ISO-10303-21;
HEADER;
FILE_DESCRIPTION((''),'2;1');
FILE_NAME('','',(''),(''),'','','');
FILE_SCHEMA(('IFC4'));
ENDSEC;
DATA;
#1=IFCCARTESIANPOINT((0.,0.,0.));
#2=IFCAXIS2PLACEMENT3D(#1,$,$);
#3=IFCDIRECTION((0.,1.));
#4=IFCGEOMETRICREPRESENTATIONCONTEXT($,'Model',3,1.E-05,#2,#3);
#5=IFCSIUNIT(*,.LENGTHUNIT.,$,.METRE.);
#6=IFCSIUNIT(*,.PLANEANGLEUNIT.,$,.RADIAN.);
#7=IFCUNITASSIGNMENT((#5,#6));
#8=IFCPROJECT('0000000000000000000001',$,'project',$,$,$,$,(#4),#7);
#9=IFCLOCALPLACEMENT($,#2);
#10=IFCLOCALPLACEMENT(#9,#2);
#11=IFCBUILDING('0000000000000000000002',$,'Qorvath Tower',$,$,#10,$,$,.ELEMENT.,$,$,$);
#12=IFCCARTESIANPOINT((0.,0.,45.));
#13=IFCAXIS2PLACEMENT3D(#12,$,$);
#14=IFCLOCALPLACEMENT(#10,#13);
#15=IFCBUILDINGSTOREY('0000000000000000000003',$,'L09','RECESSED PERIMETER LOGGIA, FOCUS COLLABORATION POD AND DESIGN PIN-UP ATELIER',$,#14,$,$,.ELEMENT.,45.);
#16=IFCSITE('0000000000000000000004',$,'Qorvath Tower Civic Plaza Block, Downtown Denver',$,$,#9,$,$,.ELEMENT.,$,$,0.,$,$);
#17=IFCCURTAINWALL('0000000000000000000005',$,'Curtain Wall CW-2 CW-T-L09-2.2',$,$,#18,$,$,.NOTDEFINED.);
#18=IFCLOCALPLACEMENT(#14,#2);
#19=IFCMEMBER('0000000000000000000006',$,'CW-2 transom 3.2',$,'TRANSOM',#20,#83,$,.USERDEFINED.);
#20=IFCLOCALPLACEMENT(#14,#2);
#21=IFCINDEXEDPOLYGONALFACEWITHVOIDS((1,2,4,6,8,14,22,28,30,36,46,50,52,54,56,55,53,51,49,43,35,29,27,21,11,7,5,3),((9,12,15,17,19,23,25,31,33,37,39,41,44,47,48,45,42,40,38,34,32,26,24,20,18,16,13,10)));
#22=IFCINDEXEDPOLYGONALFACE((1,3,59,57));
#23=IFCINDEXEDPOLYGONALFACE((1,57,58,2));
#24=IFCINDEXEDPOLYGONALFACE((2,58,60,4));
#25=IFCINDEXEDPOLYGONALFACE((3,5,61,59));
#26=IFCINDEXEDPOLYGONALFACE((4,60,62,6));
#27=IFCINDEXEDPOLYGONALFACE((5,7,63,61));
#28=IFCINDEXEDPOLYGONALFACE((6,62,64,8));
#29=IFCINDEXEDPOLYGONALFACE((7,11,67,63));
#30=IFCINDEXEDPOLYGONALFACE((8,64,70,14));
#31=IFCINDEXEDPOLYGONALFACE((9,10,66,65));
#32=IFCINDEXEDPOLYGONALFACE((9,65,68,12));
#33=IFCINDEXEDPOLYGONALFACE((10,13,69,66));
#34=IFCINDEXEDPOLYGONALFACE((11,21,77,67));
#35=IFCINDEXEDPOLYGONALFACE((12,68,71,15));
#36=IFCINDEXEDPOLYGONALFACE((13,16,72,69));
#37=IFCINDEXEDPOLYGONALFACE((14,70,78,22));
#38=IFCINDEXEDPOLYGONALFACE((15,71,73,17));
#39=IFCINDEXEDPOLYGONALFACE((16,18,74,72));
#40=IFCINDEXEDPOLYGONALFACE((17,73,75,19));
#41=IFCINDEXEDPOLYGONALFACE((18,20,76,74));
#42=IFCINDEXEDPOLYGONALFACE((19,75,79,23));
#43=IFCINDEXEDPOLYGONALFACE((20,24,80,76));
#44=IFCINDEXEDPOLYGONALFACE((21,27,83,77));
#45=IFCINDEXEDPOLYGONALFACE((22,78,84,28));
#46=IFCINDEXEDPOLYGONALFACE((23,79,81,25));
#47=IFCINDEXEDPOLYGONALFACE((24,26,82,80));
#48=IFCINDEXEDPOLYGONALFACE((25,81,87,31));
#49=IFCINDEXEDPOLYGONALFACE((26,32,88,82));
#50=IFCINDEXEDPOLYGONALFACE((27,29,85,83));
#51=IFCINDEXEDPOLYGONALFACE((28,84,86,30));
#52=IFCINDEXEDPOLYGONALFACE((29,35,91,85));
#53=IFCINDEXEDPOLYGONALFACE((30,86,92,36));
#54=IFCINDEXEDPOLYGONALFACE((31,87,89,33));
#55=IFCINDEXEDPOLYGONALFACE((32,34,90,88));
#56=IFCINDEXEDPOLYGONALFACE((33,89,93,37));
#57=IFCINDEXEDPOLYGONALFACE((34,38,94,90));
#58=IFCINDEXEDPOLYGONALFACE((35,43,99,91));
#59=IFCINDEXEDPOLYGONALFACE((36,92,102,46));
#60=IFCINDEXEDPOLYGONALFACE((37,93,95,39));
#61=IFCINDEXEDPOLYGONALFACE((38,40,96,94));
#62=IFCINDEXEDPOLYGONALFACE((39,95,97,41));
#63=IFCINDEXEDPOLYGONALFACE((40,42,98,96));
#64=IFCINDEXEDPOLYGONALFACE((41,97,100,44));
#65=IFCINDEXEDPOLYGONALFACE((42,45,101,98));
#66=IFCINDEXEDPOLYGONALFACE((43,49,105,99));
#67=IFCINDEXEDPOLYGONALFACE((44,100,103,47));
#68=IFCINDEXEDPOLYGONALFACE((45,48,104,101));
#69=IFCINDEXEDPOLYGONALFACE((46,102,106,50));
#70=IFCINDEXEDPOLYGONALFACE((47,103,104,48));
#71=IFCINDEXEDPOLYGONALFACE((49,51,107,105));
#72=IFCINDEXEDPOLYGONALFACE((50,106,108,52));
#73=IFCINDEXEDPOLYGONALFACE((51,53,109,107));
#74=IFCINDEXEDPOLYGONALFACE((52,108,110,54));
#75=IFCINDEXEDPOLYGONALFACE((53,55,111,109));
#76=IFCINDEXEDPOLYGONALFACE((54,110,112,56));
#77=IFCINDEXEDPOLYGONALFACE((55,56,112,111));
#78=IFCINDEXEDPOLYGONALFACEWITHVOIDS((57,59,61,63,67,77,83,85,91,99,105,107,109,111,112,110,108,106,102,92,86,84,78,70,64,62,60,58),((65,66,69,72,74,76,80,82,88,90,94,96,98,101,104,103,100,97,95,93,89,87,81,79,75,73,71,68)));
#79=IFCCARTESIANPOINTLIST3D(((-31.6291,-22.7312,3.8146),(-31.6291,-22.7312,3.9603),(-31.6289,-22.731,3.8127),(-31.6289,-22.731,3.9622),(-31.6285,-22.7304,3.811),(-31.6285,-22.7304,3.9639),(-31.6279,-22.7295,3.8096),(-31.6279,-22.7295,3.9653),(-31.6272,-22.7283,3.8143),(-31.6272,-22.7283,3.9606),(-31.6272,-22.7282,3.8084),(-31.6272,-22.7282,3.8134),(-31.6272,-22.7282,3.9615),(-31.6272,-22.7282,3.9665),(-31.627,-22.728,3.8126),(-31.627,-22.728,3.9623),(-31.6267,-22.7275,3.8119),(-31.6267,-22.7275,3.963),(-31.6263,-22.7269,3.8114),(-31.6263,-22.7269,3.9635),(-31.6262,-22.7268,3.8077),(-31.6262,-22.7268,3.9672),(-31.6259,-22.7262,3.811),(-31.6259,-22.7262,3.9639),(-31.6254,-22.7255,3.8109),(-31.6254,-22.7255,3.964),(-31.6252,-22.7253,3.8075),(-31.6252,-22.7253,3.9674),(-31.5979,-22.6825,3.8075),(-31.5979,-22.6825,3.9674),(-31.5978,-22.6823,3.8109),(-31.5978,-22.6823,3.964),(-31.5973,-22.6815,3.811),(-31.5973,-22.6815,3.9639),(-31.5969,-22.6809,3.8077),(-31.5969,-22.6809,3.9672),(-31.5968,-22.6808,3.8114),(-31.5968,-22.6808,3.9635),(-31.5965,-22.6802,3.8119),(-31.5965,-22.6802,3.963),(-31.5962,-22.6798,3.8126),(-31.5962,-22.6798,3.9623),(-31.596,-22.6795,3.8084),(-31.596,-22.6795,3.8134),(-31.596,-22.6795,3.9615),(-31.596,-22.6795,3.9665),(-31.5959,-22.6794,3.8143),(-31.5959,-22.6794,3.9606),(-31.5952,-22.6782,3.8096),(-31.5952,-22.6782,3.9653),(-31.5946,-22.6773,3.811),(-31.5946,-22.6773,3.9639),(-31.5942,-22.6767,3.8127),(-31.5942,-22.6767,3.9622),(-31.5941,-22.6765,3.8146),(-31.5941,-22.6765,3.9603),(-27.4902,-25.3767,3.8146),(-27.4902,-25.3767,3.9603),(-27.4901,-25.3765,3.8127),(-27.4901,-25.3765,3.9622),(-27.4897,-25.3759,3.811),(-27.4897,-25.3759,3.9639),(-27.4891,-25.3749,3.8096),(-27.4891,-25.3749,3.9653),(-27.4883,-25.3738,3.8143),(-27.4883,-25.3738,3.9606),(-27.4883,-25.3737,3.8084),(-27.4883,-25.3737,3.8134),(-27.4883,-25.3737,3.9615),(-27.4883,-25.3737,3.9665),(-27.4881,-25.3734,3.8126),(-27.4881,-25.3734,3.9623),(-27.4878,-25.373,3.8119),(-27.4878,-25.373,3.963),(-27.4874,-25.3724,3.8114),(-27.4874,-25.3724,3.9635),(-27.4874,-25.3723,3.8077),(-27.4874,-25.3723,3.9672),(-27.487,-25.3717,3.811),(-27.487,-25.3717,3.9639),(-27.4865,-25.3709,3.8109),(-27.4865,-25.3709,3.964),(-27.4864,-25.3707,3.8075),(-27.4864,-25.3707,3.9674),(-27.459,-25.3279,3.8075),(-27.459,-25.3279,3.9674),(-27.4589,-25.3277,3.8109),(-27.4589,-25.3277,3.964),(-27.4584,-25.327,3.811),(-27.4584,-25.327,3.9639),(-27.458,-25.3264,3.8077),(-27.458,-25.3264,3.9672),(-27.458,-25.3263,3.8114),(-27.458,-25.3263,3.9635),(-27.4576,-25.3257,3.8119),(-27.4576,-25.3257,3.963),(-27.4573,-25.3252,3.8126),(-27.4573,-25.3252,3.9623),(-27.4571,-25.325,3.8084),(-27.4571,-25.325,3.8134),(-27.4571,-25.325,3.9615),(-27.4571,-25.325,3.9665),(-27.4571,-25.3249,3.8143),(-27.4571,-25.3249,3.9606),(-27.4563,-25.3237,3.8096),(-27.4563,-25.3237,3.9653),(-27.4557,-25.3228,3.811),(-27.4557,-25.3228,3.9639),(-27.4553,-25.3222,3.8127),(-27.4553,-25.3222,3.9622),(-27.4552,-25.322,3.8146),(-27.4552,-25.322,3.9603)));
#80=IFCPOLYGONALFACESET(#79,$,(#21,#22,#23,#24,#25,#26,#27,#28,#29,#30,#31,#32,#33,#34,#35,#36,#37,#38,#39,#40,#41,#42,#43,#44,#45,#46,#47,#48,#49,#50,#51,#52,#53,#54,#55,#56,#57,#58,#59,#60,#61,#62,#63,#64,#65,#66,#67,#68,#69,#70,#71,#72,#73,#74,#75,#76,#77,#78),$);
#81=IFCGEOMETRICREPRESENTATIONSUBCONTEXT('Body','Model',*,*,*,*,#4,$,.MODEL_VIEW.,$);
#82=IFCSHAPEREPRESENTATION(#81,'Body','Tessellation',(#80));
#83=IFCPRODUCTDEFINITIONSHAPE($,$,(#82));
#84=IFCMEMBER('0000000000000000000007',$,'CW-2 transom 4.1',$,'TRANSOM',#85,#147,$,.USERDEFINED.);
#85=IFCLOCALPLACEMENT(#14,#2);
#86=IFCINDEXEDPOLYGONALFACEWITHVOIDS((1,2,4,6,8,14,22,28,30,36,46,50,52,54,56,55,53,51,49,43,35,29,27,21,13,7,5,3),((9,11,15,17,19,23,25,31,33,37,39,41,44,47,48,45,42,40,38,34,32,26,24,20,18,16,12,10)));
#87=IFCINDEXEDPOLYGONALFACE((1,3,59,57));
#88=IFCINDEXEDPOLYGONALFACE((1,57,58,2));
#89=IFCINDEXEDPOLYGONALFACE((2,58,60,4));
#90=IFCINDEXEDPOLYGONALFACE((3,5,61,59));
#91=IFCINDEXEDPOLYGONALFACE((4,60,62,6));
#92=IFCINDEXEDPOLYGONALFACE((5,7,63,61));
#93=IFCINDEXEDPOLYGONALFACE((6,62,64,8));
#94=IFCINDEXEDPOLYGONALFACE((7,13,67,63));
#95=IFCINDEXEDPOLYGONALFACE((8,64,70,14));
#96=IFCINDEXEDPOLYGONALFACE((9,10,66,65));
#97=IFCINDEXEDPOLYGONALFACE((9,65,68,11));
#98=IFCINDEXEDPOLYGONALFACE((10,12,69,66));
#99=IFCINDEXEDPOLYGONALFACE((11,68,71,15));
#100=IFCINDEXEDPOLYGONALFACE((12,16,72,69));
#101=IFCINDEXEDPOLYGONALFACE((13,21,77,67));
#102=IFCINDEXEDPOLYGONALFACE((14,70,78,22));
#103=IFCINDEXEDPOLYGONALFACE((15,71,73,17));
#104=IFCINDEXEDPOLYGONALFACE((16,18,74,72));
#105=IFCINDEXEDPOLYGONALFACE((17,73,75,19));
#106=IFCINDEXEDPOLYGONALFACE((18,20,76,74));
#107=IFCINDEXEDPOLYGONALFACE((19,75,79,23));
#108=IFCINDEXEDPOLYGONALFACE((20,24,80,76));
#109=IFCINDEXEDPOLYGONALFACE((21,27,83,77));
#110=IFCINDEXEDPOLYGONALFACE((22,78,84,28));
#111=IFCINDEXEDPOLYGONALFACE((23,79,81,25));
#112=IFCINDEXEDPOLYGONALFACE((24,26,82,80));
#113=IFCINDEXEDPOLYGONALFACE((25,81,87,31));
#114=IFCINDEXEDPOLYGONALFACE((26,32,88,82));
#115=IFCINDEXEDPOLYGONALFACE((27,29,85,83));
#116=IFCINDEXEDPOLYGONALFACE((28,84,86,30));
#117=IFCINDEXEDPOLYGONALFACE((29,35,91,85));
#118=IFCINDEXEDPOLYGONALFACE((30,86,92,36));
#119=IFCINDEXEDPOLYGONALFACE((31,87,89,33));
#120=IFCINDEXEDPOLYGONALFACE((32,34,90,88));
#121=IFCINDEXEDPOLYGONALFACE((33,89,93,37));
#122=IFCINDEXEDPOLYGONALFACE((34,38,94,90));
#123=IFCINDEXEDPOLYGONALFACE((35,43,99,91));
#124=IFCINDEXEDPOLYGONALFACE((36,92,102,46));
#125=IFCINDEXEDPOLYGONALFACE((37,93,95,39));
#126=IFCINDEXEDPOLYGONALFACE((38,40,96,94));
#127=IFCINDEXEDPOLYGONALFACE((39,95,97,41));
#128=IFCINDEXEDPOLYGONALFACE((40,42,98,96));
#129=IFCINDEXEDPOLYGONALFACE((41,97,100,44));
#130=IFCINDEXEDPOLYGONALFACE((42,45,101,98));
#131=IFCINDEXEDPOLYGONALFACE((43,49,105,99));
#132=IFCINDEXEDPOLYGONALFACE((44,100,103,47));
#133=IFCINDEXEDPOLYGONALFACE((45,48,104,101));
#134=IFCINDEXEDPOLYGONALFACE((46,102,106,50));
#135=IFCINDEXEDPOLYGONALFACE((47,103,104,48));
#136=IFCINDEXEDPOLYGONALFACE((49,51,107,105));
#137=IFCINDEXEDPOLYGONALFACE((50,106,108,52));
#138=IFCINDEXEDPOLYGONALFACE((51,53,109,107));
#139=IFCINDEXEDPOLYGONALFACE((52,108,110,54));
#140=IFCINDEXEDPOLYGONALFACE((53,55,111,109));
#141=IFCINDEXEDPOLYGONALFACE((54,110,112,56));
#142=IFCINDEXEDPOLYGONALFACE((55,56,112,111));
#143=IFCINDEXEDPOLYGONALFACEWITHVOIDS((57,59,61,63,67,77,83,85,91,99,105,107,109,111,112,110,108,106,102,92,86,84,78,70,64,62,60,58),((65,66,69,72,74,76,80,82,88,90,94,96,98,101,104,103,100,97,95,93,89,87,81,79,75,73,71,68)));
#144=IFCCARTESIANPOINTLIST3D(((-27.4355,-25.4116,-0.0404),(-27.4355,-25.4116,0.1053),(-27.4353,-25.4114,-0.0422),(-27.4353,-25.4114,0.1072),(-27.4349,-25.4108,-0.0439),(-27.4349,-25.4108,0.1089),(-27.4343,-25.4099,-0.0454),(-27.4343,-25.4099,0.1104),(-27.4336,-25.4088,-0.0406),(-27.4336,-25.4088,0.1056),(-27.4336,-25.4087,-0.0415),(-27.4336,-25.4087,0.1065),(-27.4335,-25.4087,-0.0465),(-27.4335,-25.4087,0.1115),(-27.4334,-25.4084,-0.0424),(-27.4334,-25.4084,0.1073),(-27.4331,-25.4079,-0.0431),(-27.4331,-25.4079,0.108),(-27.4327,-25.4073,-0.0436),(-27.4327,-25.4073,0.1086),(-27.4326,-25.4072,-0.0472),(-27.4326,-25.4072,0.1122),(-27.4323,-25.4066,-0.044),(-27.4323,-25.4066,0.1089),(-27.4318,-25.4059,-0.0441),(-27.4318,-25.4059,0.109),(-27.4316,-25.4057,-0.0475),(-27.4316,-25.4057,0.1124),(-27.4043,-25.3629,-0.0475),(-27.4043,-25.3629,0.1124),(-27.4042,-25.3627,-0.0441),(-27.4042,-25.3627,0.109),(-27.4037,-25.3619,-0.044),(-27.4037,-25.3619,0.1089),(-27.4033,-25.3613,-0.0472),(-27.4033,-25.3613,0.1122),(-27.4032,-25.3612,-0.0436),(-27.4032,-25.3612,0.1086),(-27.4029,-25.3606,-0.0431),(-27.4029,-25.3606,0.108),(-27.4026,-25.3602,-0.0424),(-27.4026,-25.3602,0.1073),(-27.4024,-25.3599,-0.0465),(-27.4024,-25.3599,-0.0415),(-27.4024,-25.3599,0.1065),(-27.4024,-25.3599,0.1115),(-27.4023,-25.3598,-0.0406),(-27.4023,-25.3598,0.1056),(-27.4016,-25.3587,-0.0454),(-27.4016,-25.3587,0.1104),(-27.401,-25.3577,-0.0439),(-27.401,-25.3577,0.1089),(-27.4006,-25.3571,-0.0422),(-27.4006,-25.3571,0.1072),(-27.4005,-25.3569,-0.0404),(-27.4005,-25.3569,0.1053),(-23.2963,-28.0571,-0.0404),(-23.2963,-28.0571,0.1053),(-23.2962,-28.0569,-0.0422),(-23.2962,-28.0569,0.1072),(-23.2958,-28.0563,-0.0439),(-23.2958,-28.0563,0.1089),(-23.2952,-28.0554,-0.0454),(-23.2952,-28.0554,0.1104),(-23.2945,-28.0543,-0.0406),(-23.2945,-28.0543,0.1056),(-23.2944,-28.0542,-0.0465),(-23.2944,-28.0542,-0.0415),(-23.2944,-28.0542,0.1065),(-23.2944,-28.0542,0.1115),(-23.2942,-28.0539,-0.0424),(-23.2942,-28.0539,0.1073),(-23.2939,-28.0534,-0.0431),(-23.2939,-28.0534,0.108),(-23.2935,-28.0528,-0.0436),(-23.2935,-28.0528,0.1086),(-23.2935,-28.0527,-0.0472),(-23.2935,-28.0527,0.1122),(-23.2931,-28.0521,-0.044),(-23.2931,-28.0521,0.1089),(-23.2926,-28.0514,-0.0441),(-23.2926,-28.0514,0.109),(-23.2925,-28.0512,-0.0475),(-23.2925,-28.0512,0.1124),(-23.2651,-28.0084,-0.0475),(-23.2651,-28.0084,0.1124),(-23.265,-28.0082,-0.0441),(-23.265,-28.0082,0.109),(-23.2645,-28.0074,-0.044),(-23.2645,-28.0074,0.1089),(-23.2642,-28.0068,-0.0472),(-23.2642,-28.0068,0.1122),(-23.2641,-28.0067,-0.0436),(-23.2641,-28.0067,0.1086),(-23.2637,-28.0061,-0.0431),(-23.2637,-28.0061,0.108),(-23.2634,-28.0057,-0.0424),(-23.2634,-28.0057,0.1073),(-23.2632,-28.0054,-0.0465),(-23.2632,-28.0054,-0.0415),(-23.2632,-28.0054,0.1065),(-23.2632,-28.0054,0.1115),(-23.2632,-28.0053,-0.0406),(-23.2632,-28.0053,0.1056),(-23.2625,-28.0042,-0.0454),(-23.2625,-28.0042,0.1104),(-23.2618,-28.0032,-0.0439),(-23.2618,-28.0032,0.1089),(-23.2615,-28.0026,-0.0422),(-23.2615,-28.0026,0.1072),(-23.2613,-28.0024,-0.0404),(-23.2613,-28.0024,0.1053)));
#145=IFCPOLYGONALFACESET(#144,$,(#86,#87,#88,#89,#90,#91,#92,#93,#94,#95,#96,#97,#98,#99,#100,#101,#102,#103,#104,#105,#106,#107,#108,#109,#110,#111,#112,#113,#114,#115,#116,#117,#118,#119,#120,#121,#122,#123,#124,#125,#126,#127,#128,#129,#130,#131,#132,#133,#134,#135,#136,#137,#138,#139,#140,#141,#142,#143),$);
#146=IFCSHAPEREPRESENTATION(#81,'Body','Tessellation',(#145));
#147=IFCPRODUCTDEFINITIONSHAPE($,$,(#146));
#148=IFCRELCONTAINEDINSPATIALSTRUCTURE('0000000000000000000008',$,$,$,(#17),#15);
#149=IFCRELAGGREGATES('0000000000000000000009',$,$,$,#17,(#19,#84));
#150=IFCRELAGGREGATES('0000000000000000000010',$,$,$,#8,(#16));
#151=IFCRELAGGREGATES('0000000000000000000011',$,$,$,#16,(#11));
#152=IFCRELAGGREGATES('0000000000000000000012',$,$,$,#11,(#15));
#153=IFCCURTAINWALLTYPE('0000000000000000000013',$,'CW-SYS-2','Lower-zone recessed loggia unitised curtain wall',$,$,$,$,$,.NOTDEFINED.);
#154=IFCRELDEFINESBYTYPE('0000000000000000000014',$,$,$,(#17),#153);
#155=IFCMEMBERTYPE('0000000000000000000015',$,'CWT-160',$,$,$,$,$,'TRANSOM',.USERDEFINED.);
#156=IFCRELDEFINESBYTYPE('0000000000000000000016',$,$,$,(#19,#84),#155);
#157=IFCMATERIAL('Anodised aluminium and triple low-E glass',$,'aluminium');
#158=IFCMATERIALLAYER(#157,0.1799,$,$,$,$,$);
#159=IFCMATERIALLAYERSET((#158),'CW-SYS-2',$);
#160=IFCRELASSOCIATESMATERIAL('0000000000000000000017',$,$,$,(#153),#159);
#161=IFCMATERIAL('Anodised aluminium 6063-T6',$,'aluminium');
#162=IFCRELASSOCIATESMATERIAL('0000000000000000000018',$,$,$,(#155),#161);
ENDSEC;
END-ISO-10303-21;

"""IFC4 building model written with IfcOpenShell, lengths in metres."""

from ifc_helpers import new_model, si_unit, direction, frame, origin, origin_2d, place, context, subcontext, project, spatial, hollow_rectangle, extrude, material, layer, layer_set, material_profile, profile_set, type_object, element, aggregate, save


model = new_model("IFC4")

# Units and contexts
model_context = context("Model", 3, precision=1e-05, world=origin(), true_north=direction((0.0, 1.0)))
body_context = subcontext(model_context, "Body", "Model", "MODEL_VIEW")
ifc_project = project(units=[si_unit("LENGTHUNIT", "METRE"), si_unit("PLANEANGLEUNIT", "RADIAN")], contexts=[model_context])

# Site, building, storey
site_placement = place(None, origin())
site = spatial("IfcSite", under=ifc_project, at=site_placement, Name="Qorvath Tower Civic Plaza Block, Downtown Denver", CompositionType="ELEMENT", RefElevation=0.0)
building_placement = place(site_placement, origin())
building = spatial("IfcBuilding", under=site, at=building_placement, Name="Qorvath Tower", CompositionType="ELEMENT")
storey_placement = place(building_placement, frame((0.0, 0.0, 45.0)))
storey = spatial("IfcBuildingStorey", under=building, at=storey_placement, Name="L09", Description="RECESSED PERIMETER LOGGIA, FOCUS COLLABORATION POD AND DESIGN PIN-UP ATELIER", CompositionType="ELEMENT", Elevation=45.0)

# Curtain wall, members
ifc_material_1 = material(Name="Anodised aluminium and triple low-E glass", Category="aluminium")
ifc_layer_1 = layer(ifc_material_1, 0.1799)
ifc_layer_set_1 = layer_set([ifc_layer_1], Name="CW-SYS-2")
curtain_wall_type = type_object("IfcCurtainWallType", Name="CW-SYS-2", Description="Lower-zone recessed loggia unitised curtain wall", PredefinedType="NOTDEFINED", material=ifc_layer_set_1)
curtain_wall_placement = place(storey_placement, origin())
curtain_wall = element("IfcCurtainWall", 1, at=curtain_wall_placement, inside=storey, type_object=curtain_wall_type, Name="Curtain Wall CW-2 CW-T-L09-2.2", PredefinedType="NOTDEFINED")
ifc_material_2 = material(Name="Anodised aluminium 6063-T6", Category="aluminium")
ifc_material_profile_1 = material_profile(ifc_material_2, hollow_rectangle(XDim=0.0649, YDim=0.1599, WallThickness=0.0034, InnerFilletRadius=0.0034, OuterFilletRadius=0.0071, at=origin_2d()), Name="CWT 160x65")
ifc_profile_set_1 = profile_set([ifc_material_profile_1], Name="Anodised aluminium 6063-T6")
member_type_1 = type_object("IfcMemberType", Name="CWT-160", ElementType="TRANSOM", PredefinedType="USERDEFINED", material=ifc_profile_set_1)
member_1_placement = place(storey_placement, frame((-31.6116, -22.7039, 3.8875), z_axis=(0.842585, -0.538563, 0.0), x_axis=(0.538563, 0.842585, 0.0)))
member_1 = element("IfcMember", 2, at=member_1_placement, type_object=member_type_1, Name="CW-2 transom 3.2", ObjectType="TRANSOM", PredefinedType="USERDEFINED", context=body_context, shape_type="SweptSolid", body=[
    extrude(hollow_rectangle(XDim=0.0649, YDim=0.1599, WallThickness=0.0034, InnerFilletRadius=0.0034, OuterFilletRadius=0.0071, at=origin_2d()), origin(), (0.0, 0.0, 1.0), 4.9121),
])
member_2_placement = place(storey_placement, frame((-27.418, -25.3843, 0.0325), z_axis=(0.8426, -0.53854, 0.0), x_axis=(0.53854, 0.8426, 0.0)))
member_2 = element("IfcMember", 3, at=member_2_placement, type_object=member_type_1, Name="CW-2 transom 4.1", ObjectType="TRANSOM", PredefinedType="USERDEFINED", context=body_context, shape_type="SweptSolid", body=[
    extrude(hollow_rectangle(XDim=0.0649, YDim=0.1599, WallThickness=0.0034, InnerFilletRadius=0.0034, OuterFilletRadius=0.0071, at=origin_2d()), origin(), (0.0, 0.0, 1.0), 4.9124),
])
aggregate(curtain_wall, [member_1, member_2])

save(model, "model.ifc")
